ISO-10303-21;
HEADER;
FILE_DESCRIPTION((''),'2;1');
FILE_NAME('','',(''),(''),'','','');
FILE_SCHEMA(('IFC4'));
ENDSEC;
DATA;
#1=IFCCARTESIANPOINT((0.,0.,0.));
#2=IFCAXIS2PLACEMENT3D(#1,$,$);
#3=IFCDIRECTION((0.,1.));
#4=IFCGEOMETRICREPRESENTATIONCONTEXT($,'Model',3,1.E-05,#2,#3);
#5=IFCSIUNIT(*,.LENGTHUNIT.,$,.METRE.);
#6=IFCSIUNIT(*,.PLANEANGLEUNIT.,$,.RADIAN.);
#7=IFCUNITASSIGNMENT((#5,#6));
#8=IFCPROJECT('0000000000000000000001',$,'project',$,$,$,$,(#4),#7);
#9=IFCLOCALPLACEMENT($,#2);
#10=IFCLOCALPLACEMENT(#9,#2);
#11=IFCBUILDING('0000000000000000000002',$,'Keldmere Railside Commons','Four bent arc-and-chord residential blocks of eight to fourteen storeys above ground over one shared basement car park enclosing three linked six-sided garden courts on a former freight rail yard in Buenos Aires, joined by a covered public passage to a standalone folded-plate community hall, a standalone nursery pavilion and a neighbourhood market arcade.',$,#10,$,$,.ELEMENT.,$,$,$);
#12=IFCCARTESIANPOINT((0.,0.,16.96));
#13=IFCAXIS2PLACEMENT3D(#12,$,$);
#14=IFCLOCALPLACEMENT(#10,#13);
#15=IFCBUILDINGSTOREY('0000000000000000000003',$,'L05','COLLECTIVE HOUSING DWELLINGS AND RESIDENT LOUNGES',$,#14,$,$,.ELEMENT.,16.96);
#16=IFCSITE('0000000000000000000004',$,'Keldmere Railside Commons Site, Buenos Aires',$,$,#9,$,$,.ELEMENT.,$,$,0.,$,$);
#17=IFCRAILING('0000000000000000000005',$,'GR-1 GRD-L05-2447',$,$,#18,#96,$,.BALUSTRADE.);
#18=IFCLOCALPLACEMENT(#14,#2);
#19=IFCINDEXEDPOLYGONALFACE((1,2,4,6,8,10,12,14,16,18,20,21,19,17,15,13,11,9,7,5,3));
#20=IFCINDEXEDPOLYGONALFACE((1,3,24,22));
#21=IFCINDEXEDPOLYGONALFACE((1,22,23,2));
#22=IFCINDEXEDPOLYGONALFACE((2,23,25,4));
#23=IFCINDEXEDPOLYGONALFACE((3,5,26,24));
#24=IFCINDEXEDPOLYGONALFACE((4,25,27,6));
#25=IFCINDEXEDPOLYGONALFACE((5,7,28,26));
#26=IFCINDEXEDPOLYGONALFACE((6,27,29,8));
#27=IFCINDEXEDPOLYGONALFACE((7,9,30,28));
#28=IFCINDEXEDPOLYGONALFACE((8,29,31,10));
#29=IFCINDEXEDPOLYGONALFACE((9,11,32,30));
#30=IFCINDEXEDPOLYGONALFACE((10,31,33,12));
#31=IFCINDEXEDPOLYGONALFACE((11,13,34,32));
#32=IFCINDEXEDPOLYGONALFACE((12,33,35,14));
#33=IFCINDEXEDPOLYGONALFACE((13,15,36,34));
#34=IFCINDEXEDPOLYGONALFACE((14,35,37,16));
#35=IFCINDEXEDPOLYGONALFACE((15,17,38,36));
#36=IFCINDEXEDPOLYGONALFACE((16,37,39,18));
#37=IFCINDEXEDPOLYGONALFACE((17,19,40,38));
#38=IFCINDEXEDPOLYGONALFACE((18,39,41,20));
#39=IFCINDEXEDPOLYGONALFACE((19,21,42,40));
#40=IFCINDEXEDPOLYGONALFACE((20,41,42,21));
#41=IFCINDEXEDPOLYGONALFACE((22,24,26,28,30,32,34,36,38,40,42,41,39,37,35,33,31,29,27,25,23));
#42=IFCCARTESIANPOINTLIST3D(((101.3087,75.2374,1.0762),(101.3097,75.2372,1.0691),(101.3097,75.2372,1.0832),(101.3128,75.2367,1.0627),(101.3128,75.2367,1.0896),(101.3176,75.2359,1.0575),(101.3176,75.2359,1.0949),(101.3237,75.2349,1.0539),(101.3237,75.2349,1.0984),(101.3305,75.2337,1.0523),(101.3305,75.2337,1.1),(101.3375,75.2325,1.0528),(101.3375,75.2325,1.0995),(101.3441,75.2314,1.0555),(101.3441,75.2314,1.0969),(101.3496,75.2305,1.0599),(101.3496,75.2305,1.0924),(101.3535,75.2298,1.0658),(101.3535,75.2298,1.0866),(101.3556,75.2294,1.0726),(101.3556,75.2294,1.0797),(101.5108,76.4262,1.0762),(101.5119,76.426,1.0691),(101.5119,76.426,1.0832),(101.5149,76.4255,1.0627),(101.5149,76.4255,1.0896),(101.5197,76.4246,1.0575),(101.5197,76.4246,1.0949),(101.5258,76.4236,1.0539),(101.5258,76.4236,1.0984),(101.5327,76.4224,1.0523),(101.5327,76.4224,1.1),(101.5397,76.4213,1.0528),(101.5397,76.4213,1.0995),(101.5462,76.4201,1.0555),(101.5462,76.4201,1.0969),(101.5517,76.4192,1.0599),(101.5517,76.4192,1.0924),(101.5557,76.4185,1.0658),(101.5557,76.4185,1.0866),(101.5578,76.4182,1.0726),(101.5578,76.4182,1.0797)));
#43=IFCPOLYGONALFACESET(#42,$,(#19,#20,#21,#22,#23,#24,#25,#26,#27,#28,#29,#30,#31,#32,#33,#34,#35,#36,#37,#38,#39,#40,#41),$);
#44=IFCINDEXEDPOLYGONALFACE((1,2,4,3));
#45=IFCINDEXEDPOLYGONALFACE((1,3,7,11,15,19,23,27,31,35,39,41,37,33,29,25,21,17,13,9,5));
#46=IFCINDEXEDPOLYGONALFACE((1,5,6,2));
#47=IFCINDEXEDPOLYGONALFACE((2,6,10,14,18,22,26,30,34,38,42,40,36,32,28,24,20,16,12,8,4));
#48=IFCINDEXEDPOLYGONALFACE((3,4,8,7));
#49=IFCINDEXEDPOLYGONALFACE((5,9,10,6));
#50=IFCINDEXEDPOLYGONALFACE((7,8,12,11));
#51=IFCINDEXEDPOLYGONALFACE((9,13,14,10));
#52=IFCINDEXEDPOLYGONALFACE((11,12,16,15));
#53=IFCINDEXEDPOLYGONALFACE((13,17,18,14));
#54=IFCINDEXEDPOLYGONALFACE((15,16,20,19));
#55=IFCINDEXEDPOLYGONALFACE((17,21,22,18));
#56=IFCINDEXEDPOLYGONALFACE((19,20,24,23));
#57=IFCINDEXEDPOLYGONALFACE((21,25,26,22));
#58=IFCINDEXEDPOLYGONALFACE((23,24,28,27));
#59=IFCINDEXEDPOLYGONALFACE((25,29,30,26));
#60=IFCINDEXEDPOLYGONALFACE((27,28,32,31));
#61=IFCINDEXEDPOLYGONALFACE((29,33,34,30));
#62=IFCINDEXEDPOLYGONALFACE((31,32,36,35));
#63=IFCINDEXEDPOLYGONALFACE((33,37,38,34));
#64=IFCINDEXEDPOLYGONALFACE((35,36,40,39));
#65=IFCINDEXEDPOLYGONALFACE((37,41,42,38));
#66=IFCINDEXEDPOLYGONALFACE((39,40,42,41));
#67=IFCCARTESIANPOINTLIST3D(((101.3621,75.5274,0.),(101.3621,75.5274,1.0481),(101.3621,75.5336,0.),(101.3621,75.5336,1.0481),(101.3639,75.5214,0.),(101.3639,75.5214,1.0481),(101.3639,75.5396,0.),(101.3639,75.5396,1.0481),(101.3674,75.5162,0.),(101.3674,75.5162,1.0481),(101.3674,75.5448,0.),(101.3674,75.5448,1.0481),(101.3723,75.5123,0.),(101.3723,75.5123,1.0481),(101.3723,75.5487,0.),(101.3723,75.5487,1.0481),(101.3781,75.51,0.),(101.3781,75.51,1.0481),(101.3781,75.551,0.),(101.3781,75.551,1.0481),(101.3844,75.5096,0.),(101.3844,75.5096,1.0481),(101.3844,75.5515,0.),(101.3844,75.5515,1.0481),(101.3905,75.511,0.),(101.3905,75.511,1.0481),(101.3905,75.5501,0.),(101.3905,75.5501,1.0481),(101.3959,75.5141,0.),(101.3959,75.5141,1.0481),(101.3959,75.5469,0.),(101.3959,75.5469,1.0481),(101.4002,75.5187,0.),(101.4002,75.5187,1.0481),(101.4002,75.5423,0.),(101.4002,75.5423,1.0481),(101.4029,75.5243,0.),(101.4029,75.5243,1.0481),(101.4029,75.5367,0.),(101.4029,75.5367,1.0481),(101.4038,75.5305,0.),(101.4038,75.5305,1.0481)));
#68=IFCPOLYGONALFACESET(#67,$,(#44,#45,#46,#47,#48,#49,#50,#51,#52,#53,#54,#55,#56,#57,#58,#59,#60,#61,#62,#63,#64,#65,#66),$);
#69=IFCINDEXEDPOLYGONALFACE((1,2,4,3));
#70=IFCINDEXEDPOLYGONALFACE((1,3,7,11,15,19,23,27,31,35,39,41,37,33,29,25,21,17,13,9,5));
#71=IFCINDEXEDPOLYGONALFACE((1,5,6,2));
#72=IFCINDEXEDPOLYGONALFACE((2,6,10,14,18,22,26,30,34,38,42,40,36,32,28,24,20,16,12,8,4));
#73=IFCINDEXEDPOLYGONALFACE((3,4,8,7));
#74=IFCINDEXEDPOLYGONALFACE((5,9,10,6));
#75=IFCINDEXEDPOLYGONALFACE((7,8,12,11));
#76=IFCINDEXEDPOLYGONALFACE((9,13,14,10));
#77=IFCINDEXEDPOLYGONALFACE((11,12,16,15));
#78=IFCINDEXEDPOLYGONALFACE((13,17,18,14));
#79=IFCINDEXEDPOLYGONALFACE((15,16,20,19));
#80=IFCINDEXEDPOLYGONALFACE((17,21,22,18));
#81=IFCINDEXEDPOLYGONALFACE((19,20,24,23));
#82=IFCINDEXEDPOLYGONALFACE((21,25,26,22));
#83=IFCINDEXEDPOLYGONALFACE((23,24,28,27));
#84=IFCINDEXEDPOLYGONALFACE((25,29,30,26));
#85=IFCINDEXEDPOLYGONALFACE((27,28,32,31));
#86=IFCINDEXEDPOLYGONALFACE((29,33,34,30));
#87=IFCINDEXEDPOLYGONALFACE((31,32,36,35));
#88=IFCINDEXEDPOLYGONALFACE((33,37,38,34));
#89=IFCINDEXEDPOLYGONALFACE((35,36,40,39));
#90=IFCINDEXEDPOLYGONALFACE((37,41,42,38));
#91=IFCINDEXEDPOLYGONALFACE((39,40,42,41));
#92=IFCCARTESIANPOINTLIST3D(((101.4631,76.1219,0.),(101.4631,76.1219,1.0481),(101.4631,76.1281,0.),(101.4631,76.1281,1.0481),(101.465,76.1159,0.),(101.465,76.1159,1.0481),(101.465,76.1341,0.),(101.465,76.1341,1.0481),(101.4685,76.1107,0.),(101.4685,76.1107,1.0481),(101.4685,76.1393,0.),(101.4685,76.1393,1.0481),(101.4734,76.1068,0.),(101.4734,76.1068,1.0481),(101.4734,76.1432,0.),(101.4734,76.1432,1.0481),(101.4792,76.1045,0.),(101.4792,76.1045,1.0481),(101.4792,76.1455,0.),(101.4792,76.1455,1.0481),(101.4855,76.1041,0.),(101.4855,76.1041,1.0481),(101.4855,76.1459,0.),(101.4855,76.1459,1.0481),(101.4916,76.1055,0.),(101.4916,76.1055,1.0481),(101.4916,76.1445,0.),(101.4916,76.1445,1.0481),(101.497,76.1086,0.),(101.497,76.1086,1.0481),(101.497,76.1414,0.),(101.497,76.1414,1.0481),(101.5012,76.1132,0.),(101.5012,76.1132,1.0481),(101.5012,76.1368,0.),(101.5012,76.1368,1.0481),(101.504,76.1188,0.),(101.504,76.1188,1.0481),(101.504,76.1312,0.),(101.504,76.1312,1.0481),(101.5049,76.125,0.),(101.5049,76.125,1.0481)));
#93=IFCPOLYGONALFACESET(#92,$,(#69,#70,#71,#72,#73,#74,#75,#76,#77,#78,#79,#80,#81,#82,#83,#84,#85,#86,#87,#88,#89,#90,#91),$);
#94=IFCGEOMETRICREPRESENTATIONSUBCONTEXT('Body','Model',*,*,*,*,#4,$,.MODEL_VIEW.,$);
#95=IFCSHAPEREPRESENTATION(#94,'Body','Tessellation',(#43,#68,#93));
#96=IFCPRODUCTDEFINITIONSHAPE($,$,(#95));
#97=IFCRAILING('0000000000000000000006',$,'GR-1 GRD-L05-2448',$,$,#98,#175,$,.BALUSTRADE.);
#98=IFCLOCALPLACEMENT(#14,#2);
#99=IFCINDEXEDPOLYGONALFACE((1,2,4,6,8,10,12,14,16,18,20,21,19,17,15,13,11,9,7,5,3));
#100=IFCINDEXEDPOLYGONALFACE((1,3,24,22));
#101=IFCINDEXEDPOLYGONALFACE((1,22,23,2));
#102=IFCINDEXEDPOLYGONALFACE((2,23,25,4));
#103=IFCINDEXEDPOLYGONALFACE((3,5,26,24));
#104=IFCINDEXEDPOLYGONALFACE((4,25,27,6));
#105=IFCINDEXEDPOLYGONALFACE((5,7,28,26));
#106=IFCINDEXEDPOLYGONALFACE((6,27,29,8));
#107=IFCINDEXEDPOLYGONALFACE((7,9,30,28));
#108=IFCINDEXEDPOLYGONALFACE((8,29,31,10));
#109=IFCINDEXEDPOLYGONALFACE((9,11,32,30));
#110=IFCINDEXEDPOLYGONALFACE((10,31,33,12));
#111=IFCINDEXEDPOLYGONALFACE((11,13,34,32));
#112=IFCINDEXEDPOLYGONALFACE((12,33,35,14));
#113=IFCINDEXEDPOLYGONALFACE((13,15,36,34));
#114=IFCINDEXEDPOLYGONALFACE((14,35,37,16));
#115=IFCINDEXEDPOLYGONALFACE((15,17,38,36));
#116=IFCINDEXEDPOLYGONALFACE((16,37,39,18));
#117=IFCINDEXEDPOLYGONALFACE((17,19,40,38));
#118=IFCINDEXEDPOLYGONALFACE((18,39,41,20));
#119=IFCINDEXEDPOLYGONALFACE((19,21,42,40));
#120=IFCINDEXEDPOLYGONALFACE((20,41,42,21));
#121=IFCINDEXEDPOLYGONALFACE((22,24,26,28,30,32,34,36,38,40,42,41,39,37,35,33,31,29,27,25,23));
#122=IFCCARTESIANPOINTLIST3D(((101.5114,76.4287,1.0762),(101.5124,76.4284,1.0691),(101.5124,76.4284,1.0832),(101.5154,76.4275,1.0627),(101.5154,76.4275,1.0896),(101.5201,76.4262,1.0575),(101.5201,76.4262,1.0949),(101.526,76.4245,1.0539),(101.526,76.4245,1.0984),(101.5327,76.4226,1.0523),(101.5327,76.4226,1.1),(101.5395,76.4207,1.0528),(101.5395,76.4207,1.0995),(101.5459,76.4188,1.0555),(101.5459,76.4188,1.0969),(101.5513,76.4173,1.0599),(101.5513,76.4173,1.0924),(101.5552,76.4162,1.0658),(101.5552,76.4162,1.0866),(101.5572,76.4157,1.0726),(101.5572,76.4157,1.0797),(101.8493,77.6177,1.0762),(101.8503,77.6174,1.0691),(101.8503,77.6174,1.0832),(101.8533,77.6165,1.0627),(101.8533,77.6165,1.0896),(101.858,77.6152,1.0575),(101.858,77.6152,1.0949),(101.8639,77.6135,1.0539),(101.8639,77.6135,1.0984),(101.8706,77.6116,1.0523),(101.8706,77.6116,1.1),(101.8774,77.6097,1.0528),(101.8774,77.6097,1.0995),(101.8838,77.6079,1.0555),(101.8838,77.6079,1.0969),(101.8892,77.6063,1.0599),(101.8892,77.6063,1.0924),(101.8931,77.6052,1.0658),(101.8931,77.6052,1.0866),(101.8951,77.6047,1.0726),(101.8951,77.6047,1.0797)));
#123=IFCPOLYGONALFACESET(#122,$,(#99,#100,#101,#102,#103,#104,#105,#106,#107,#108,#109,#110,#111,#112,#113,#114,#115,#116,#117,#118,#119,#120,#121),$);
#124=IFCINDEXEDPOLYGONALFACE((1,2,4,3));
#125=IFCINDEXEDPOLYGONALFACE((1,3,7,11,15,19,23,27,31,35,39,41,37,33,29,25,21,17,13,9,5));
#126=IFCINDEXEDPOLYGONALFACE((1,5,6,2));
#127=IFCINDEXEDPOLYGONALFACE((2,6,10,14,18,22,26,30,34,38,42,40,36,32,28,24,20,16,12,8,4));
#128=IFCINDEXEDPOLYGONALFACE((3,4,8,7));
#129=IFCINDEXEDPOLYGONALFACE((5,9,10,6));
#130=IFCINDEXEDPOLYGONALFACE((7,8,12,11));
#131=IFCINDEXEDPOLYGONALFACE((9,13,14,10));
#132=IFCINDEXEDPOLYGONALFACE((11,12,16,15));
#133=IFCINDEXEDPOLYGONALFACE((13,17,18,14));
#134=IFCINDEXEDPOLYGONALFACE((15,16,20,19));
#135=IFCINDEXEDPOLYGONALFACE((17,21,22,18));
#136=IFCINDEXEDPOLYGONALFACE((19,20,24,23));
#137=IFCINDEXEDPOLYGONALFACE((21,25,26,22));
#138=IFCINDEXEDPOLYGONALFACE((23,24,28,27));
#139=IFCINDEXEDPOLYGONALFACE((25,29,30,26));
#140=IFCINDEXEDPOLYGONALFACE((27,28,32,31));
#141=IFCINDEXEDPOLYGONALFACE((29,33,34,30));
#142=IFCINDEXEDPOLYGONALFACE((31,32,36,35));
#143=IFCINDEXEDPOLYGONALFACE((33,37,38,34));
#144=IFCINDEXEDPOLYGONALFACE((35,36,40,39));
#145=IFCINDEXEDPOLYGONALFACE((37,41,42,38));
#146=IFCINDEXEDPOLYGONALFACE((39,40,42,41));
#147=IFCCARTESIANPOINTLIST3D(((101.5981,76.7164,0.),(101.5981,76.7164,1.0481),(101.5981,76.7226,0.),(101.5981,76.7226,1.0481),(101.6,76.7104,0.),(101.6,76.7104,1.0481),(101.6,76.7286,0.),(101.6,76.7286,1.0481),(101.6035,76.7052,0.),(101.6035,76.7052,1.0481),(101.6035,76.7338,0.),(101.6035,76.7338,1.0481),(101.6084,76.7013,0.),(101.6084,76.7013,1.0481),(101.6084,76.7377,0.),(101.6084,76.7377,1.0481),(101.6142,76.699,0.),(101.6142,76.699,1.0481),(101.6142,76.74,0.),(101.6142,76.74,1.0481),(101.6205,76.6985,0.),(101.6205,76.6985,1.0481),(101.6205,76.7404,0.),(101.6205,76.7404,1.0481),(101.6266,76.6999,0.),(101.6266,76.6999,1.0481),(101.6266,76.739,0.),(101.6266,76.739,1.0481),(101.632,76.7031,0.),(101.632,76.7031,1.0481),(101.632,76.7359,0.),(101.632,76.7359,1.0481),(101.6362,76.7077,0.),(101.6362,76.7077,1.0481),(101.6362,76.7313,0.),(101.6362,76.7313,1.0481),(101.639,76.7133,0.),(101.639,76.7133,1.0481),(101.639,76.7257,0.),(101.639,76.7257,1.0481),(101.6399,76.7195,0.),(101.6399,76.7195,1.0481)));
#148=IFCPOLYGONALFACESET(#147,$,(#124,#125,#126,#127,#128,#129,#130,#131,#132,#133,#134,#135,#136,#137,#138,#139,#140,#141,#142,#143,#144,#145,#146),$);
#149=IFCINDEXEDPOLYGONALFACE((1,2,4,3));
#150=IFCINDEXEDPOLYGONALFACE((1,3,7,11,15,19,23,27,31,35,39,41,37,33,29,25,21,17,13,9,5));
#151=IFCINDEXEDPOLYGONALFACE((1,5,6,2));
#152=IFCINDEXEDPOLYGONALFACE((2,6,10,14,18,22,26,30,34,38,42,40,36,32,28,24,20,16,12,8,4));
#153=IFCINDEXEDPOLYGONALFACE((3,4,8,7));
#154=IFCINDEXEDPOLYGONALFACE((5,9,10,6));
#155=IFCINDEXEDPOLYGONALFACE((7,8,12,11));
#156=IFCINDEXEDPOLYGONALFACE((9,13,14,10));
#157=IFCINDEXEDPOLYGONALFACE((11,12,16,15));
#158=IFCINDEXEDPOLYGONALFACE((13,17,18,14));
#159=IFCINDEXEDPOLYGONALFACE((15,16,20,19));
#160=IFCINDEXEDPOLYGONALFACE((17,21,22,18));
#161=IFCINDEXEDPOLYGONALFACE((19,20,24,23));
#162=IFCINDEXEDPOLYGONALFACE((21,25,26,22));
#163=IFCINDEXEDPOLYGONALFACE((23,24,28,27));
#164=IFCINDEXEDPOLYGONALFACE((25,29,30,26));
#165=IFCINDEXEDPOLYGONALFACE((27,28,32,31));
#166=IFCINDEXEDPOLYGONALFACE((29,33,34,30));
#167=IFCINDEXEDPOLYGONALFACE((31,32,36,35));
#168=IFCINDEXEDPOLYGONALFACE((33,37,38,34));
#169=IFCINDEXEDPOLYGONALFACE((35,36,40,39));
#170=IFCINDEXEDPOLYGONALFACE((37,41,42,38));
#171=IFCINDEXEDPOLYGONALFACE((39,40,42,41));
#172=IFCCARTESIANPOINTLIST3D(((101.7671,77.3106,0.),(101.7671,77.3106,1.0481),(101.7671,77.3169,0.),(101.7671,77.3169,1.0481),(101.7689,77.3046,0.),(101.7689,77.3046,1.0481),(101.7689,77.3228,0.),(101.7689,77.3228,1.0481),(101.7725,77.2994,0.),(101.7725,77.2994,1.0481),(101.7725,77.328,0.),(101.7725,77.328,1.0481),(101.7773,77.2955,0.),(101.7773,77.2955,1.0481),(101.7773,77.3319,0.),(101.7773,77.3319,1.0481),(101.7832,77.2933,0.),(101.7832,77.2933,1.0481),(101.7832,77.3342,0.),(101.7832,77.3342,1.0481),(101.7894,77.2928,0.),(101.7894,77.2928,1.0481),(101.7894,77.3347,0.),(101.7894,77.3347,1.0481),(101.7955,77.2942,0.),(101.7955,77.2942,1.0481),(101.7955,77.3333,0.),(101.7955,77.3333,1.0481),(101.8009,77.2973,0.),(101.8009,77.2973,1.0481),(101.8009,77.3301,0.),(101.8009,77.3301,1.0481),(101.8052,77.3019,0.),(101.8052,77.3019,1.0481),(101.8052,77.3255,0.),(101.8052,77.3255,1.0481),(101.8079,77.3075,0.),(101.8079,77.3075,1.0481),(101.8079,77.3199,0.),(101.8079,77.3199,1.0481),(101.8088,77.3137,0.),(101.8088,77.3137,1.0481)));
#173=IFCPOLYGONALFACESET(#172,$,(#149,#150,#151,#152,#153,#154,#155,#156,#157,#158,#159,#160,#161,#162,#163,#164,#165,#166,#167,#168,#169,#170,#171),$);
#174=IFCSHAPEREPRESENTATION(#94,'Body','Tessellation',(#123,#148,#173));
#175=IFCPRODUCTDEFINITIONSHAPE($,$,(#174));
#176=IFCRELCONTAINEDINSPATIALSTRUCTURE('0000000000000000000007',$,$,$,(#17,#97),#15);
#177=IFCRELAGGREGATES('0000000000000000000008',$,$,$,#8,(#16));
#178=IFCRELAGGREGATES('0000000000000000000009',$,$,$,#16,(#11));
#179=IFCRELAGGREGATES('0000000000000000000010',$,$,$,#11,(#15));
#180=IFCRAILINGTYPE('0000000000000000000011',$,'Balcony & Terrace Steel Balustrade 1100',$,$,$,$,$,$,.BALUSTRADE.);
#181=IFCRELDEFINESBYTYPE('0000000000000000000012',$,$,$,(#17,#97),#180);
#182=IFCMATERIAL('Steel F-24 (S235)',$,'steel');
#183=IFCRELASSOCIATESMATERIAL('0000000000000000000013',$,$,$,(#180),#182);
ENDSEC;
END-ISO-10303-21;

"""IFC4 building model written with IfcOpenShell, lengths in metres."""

from ifc_helpers import new_model, si_unit, direction, frame, origin, origin_2d, place, context, subcontext, project, spatial, circle, extrude, material, type_object, element, save


model = new_model("IFC4")

# Units and contexts
model_context = context("Model", 3, precision=1e-05, world=origin(), true_north=direction((0.0, 1.0)))
body_context = subcontext(model_context, "Body", "Model", "MODEL_VIEW")
ifc_project = project(units=[si_unit("LENGTHUNIT", "METRE"), si_unit("PLANEANGLEUNIT", "RADIAN")], contexts=[model_context])

# Site, building, storey
site_placement = place(None, origin())
site = spatial("IfcSite", under=ifc_project, at=site_placement, Name="Keldmere Railside Commons Site, Buenos Aires", CompositionType="ELEMENT", RefElevation=0.0)
building_placement = place(site_placement, origin())
building = spatial("IfcBuilding", under=site, at=building_placement, Name="Keldmere Railside Commons", Description="Four bent arc-and-chord residential blocks of eight to fourteen storeys above ground over one shared basement car park enclosing three linked six-sided garden courts on a former freight rail yard in Buenos Aires, joined by a covered public passage to a standalone folded-plate community hall, a standalone nursery pavilion and a neighbourhood market arcade.", CompositionType="ELEMENT")
storey_placement = place(building_placement, frame((0.0, 0.0, 16.96)))
storey = spatial("IfcBuildingStorey", under=building, at=storey_placement, Name="L05", Description="COLLECTIVE HOUSING DWELLINGS AND RESIDENT LOUNGES", CompositionType="ELEMENT", Elevation=16.96)

# Shared definitions
ifc_material_1 = material(Name="Steel F-24 (S235)", Category="steel")

# Railings
railing_type_1 = type_object("IfcRailingType", Name="Balcony & Terrace Steel Balustrade 1100", PredefinedType="BALUSTRADE", material=ifc_material_1)
railing_1_placement = place(storey_placement, frame((101.3323, 75.2334, 0.0)))
element("IfcRailing", 1, at=railing_1_placement, inside=storey, type_object=railing_type_1, Name="GR-1 GRD-L05-2447", PredefinedType="BALUSTRADE", context=body_context, shape_type="SweptSolid", body=[
    extrude(circle(Radius=0.0239, at=origin_2d()), frame((0.0, 0.0, 1.0762), z_axis=(0.167649, 0.985847, 0.0), x_axis=(-0.985847, 0.167649, 0.0)), (0.0, 0.0, 1.0), 1.2058),
    extrude(circle(Radius=0.021, at=origin_2d()), frame((0.0505, 0.2971, 0.0)), (0.0, 0.0, 1.0), 1.0481),
    extrude(circle(Radius=0.021, at=origin_2d()), frame((0.1516, 0.8916, 0.0)), (0.0, 0.0, 1.0), 1.0481),
])
railing_2_placement = place(storey_placement, frame((101.5344, 76.4221, 0.0)))
element("IfcRailing", 2, at=railing_2_placement, inside=storey, type_object=railing_type_1, Name="GR-1 GRD-L05-2448", PredefinedType="BALUSTRADE", context=body_context, shape_type="SweptSolid", body=[
    extrude(circle(Radius=0.0239, at=origin_2d()), frame((0.0, 0.0, 1.0762), z_axis=(0.273364, 0.961911, 0.0), x_axis=(-0.961911, 0.273364, 0.0)), (0.0, 0.0, 1.0), 1.2361),
    extrude(circle(Radius=0.021, at=origin_2d()), frame((0.0845, 0.2974, 0.0)), (0.0, 0.0, 1.0), 1.0481),
    extrude(circle(Radius=0.021, at=origin_2d()), frame((0.2534, 0.8916, 0.0)), (0.0, 0.0, 1.0), 1.0481),
])

save(model, "model.ifc")
